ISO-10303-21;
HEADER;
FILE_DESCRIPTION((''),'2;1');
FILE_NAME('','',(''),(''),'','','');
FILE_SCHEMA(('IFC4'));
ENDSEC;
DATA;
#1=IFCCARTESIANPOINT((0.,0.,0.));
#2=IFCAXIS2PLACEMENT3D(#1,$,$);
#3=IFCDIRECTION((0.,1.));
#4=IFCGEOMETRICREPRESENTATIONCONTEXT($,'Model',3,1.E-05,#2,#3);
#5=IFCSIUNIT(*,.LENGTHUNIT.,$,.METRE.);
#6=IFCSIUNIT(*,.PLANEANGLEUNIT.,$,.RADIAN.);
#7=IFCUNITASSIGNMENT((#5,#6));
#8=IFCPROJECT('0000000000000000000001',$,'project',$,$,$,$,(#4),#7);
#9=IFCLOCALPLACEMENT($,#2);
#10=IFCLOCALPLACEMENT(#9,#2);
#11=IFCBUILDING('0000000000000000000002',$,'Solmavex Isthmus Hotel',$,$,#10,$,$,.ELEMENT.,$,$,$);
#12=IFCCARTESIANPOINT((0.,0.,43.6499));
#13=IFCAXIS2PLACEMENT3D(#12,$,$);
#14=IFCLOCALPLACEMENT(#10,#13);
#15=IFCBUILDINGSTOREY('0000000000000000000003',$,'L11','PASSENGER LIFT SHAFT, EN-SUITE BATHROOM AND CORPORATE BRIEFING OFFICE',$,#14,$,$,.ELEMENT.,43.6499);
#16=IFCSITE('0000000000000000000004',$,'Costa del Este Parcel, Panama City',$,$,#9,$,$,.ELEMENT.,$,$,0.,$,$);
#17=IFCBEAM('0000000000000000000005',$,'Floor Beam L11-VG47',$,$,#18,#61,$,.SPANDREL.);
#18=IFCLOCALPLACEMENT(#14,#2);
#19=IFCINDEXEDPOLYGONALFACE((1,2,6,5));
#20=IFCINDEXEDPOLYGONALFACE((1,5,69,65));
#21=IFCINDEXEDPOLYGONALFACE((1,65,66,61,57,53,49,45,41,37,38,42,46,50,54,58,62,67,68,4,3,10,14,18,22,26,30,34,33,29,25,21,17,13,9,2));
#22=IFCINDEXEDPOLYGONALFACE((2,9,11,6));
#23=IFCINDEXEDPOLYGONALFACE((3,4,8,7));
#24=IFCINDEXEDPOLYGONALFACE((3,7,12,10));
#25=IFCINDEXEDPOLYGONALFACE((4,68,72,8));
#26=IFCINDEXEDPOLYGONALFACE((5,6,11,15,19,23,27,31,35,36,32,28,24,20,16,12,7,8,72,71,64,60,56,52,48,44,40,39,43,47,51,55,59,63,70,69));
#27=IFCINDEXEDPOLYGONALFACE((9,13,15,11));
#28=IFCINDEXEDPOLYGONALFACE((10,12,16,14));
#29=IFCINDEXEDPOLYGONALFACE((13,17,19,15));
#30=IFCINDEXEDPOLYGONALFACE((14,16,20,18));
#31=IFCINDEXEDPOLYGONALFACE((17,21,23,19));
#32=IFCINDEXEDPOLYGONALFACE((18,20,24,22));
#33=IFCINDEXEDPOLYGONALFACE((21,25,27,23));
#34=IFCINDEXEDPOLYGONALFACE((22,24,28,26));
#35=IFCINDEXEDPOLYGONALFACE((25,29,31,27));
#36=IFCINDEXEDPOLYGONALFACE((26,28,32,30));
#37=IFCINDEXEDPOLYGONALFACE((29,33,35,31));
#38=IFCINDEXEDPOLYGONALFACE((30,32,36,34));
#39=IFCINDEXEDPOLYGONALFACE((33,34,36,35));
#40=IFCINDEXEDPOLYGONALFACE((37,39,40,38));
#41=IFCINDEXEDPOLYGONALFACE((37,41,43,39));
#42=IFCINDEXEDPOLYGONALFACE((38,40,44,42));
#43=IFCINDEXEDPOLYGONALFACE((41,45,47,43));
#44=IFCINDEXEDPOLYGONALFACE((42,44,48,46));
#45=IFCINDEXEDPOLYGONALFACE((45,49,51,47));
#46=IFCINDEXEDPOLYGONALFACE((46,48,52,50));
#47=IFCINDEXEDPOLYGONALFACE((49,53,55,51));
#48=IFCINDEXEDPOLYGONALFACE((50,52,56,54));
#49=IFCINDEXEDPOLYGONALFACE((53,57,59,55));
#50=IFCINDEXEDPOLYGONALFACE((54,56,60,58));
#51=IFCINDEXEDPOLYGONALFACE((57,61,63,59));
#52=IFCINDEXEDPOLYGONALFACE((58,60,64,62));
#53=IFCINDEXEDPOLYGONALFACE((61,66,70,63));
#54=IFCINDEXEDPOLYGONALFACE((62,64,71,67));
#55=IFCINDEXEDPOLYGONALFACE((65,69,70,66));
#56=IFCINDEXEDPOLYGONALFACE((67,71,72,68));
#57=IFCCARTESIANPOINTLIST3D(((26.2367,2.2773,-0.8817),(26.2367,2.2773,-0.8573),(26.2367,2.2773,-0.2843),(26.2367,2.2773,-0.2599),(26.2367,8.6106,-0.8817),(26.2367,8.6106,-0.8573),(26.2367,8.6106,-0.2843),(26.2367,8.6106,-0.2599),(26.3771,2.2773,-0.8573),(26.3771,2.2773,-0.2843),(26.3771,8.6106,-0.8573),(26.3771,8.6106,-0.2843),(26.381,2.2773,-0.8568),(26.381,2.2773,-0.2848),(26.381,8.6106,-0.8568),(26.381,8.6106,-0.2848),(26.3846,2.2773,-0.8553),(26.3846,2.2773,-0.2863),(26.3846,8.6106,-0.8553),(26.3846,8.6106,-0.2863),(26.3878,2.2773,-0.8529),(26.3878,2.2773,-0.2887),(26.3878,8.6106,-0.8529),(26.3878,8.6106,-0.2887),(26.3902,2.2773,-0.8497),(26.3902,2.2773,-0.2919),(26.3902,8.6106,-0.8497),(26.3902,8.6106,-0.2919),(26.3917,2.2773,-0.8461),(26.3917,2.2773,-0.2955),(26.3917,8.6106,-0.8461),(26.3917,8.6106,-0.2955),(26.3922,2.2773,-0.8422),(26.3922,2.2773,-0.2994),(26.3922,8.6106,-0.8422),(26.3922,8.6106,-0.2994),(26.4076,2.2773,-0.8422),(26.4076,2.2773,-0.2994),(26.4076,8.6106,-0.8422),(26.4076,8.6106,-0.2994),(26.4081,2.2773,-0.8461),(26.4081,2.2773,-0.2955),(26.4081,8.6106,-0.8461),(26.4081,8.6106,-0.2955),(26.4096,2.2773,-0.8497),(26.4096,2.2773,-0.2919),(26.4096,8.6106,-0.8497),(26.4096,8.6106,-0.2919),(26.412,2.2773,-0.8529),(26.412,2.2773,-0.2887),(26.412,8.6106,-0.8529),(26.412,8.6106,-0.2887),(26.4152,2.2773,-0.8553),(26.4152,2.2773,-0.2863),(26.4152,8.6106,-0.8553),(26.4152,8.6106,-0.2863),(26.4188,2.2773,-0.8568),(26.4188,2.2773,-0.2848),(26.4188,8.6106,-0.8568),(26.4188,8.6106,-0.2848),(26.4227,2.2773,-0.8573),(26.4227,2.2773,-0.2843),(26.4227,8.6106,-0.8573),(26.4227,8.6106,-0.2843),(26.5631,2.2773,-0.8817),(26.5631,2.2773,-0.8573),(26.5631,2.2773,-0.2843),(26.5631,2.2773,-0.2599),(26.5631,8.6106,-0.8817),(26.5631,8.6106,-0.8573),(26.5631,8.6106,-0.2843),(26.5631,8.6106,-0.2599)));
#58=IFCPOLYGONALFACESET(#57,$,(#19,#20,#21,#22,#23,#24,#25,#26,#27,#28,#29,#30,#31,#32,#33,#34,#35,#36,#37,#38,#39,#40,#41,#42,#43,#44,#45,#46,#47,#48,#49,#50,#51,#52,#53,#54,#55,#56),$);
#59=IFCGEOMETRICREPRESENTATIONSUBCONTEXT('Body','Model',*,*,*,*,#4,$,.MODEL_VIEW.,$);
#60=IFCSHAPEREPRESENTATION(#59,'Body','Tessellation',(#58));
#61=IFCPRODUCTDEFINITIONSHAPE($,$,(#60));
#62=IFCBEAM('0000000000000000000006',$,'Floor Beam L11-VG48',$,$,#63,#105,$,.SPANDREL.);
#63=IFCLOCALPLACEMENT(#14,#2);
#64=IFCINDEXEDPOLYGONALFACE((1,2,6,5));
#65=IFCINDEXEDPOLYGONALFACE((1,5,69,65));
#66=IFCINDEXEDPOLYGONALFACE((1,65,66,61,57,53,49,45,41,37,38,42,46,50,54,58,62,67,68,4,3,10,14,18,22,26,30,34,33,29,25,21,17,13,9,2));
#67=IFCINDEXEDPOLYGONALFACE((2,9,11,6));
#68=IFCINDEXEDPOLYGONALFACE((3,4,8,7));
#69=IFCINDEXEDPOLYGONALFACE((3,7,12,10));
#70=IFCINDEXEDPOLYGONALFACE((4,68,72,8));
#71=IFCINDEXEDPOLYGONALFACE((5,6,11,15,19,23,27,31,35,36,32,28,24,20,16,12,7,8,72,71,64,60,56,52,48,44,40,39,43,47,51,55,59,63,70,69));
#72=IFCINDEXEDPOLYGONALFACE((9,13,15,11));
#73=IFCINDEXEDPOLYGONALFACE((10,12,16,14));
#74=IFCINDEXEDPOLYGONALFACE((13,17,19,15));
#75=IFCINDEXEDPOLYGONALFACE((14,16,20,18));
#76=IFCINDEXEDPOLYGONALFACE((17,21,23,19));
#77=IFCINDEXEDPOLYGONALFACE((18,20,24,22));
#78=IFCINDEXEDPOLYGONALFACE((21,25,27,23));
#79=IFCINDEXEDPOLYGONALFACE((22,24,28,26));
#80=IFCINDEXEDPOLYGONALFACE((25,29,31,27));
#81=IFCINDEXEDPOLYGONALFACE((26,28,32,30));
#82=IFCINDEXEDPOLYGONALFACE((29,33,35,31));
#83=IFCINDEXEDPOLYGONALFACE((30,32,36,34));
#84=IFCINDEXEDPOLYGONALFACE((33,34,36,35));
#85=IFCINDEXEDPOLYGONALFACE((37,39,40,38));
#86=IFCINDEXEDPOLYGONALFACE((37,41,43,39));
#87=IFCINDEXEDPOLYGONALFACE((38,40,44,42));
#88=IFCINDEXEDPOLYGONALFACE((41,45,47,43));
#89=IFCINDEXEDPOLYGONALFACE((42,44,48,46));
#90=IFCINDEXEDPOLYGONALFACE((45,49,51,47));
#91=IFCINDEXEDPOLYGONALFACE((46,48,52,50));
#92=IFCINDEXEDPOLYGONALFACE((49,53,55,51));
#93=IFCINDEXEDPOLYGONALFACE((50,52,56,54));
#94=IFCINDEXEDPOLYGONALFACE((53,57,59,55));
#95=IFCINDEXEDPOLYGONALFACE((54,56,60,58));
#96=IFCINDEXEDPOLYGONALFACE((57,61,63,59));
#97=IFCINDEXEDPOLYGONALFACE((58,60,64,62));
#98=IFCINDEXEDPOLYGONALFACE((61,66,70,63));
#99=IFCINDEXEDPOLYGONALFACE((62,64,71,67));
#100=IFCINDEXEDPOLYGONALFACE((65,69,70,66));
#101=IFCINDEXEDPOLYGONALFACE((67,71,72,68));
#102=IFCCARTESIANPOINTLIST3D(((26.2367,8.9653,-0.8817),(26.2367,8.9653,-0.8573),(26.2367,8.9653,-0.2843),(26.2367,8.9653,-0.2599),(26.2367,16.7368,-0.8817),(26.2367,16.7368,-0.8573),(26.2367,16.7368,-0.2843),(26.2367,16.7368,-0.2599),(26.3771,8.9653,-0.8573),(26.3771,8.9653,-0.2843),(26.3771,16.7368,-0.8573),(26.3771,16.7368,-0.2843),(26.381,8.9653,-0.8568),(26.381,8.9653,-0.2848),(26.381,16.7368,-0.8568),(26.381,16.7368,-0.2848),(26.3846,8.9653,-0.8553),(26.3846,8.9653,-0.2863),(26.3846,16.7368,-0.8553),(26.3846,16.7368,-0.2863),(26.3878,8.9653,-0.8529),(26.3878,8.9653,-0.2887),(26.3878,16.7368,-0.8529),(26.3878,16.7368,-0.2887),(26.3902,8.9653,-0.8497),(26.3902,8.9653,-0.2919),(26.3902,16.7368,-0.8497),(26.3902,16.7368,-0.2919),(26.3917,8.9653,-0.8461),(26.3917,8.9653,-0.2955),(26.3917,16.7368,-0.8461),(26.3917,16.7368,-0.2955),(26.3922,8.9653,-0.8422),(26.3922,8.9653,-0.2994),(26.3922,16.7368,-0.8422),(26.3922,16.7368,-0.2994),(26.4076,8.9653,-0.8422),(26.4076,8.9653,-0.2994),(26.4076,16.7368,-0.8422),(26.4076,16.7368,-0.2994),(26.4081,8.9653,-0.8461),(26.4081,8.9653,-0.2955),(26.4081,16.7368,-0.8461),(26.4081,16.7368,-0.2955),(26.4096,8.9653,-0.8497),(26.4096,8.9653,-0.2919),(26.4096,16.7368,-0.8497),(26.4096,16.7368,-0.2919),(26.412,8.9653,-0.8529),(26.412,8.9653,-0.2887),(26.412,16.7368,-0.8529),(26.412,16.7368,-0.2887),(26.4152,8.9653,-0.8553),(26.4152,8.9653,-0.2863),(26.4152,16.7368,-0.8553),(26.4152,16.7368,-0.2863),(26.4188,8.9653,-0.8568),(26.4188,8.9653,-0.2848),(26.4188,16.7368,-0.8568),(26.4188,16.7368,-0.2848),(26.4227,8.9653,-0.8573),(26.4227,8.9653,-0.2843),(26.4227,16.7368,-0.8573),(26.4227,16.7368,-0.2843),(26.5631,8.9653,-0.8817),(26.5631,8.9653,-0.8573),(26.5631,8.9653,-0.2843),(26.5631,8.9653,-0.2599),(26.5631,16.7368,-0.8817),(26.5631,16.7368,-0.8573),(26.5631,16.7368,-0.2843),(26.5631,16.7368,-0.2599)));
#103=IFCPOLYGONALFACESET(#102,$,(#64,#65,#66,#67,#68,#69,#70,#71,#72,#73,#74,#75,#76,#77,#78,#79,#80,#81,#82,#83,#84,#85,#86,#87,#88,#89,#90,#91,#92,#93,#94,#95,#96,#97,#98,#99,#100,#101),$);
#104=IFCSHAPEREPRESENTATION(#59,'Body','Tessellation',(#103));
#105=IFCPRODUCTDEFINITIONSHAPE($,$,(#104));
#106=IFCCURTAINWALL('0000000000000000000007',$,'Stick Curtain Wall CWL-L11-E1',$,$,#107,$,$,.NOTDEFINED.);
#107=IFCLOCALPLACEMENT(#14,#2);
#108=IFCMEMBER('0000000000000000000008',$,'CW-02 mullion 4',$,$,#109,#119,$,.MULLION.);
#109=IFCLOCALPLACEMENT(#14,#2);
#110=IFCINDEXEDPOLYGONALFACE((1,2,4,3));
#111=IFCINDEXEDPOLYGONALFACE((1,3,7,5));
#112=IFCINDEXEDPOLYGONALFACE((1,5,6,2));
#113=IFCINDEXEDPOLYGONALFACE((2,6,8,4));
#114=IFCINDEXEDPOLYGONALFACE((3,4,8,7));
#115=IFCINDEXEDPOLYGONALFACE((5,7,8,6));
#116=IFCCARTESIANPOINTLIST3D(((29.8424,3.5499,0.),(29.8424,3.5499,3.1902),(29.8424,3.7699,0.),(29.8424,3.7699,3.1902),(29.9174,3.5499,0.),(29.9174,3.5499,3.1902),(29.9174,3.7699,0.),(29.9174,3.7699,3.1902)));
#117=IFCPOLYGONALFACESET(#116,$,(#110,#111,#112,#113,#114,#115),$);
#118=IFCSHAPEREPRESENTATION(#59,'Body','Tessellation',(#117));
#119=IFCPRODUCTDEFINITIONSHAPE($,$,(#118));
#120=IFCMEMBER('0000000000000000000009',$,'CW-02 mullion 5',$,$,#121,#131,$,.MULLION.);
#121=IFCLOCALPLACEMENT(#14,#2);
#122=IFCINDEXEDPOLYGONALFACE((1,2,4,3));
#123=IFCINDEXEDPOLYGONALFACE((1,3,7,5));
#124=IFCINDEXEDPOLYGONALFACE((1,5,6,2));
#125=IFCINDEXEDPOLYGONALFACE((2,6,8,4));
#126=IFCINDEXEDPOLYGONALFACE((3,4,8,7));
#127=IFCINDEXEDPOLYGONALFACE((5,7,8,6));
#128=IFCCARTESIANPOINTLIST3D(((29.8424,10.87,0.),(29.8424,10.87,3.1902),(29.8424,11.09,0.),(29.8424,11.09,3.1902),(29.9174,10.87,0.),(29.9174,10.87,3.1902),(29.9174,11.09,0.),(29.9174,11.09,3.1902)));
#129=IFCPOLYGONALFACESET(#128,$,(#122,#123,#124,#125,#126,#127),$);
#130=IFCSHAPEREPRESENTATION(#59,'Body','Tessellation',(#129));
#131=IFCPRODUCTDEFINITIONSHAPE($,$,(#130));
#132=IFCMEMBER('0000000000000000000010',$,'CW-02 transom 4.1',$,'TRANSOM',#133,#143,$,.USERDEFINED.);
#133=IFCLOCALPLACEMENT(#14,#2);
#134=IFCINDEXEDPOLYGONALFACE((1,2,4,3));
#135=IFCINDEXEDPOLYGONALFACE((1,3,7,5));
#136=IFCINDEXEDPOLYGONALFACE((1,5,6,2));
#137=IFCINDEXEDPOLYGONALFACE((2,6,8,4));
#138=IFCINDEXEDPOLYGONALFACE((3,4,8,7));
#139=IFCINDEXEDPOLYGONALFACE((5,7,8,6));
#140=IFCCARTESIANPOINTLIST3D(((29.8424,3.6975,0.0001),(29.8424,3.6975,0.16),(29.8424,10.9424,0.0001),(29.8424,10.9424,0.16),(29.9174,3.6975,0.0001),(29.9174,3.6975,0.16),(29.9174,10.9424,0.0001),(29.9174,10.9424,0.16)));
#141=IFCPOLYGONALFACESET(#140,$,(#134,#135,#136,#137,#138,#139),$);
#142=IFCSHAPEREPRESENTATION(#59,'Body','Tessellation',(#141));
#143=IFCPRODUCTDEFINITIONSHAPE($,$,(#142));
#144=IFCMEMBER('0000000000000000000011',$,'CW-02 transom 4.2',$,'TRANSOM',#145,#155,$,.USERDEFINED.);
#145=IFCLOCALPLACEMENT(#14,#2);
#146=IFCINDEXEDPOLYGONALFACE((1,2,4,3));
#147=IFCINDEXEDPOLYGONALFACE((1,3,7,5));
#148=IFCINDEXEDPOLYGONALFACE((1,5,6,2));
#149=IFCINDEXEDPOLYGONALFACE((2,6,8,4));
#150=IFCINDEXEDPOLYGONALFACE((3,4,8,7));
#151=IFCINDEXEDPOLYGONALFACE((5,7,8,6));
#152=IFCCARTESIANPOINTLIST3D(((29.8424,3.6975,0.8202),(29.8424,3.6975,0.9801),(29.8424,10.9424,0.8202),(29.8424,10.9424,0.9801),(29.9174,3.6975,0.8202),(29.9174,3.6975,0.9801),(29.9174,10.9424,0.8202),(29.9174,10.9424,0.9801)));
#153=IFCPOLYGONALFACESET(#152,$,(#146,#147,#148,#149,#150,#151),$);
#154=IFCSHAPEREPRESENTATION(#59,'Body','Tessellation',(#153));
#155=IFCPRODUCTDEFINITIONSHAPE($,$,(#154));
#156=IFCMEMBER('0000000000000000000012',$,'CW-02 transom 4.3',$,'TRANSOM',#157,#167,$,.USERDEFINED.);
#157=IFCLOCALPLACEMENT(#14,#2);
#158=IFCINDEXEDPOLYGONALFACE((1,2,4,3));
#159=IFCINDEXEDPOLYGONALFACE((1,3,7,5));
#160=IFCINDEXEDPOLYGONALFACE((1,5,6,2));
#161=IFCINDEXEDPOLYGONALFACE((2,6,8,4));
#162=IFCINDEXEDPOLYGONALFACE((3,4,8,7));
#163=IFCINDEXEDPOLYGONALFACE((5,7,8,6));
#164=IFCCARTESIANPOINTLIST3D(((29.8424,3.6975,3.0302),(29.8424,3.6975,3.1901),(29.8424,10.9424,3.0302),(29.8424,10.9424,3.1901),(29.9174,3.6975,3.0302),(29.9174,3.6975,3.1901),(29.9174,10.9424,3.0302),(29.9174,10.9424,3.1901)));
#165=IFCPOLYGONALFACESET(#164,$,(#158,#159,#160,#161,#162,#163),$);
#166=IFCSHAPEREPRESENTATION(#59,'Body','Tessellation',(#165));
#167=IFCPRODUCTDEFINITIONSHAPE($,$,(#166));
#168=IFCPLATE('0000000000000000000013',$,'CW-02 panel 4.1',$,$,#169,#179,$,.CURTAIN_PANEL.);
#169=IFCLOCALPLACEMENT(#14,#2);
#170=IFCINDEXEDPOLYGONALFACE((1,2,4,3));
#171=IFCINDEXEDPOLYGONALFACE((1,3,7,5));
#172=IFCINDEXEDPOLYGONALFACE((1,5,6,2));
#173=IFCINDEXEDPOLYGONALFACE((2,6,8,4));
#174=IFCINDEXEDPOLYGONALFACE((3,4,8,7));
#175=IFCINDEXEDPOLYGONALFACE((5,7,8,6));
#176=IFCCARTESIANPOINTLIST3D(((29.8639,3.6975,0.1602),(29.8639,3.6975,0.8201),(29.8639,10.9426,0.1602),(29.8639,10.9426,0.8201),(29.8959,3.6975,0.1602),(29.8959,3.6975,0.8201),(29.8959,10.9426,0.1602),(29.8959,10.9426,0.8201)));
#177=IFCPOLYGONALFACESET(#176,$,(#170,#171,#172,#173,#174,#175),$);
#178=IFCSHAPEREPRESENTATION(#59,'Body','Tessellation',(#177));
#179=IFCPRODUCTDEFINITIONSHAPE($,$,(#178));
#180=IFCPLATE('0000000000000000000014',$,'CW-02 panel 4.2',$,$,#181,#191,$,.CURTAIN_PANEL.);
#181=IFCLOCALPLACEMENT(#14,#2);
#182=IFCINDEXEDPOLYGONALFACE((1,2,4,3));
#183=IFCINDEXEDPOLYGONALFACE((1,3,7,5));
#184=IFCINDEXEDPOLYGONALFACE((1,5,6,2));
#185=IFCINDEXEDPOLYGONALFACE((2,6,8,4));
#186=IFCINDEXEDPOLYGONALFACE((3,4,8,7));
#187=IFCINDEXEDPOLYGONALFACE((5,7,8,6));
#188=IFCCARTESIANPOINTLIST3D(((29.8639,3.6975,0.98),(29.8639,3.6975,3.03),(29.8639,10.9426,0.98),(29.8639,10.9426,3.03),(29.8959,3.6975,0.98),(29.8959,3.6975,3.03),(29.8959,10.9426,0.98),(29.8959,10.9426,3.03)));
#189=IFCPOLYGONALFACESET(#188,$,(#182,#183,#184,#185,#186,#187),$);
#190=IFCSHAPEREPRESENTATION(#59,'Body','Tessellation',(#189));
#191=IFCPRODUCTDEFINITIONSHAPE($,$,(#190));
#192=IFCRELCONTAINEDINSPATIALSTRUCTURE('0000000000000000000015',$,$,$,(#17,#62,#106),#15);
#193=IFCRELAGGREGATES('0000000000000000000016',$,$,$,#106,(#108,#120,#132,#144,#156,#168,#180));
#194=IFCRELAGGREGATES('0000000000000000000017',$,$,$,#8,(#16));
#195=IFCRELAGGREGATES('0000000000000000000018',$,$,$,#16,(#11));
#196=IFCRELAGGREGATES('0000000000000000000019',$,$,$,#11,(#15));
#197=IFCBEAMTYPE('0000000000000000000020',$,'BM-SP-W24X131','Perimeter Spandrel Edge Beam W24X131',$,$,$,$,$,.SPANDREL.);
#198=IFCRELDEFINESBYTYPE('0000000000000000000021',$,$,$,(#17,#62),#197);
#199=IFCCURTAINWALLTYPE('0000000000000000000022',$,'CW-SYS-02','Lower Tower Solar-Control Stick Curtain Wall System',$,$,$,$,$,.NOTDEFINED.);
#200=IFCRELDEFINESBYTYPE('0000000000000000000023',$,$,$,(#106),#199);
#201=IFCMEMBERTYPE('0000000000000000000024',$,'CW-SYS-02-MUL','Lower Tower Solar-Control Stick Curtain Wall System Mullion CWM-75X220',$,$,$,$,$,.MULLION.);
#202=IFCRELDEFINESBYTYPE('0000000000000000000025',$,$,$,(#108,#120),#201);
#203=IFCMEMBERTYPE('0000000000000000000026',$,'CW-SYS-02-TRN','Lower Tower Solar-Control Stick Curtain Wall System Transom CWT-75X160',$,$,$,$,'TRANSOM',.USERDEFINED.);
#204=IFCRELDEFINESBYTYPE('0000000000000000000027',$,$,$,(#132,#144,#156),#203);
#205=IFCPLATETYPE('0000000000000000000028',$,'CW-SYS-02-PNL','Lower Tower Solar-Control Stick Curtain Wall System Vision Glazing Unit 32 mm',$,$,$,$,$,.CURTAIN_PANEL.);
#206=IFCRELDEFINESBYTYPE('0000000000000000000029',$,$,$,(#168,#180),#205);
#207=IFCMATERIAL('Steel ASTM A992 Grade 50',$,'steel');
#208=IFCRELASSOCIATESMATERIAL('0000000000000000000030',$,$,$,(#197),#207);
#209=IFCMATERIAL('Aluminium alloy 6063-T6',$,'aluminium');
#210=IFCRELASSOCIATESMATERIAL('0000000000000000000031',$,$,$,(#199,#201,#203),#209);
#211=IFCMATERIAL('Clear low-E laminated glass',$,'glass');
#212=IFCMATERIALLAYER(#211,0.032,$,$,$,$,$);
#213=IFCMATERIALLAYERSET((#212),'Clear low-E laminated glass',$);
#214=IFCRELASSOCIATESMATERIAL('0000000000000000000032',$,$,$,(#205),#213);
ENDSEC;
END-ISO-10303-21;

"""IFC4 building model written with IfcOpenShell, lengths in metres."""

from ifc_helpers import new_model, si_unit, direction, frame, origin, origin_2d, place, context, subcontext, project, spatial, rectangle, i_section, extrude, material, layer, layer_set, material_profile, profile_set, type_object, element, aggregate, save


model = new_model("IFC4")

# Units and contexts
model_context = context("Model", 3, precision=1e-05, world=origin(), true_north=direction((0.0, 1.0)))
body_context = subcontext(model_context, "Body", "Model", "MODEL_VIEW")
ifc_project = project(units=[si_unit("LENGTHUNIT", "METRE"), si_unit("PLANEANGLEUNIT", "RADIAN")], contexts=[model_context])

# Site, building, storey
site_placement = place(None, origin())
site = spatial("IfcSite", under=ifc_project, at=site_placement, Name="Costa del Este Parcel, Panama City", CompositionType="ELEMENT", RefElevation=0.0)
building_placement = place(site_placement, origin())
building = spatial("IfcBuilding", under=site, at=building_placement, Name="Solmavex Isthmus Hotel", CompositionType="ELEMENT")
storey_placement = place(building_placement, frame((0.0, 0.0, 43.6499)))
storey = spatial("IfcBuildingStorey", under=building, at=storey_placement, Name="L11", Description="PASSENGER LIFT SHAFT, EN-SUITE BATHROOM AND CORPORATE BRIEFING OFFICE", CompositionType="ELEMENT", Elevation=43.6499)

# Beams
ifc_material_1 = material(Name="Steel ASTM A992 Grade 50", Category="steel")
ifc_material_profile_1 = material_profile(ifc_material_1, i_section(OverallWidth=0.3264, OverallDepth=0.6218, WebThickness=0.0154, FlangeThickness=0.0244, FilletRadius=0.0151, at=origin_2d()), Name="W24X131")
ifc_profile_set_1 = profile_set([ifc_material_profile_1], Name="Steel ASTM A992 Grade 50")
beam_type_1 = type_object("IfcBeamType", Name="BM-SP-W24X131", Description="Perimeter Spandrel Edge Beam W24X131", PredefinedType="SPANDREL", material=ifc_profile_set_1)
beam_1_placement = place(storey_placement, frame((26.3999, 2.2773, -0.5708), z_axis=(0.0, 1.0, 0.0), x_axis=(-1.0, 0.0, 0.0)))
element("IfcBeam", 1, at=beam_1_placement, inside=storey, type_object=beam_type_1, Name="Floor Beam L11-VG47", PredefinedType="SPANDREL", context=body_context, shape_type="SweptSolid", body=[
    extrude(i_section(OverallWidth=0.3264, OverallDepth=0.6218, WebThickness=0.0154, FlangeThickness=0.0244, FilletRadius=0.0151, at=origin_2d()), origin(), (0.0, 0.0, 1.0), 6.3333),
])
beam_2_placement = place(storey_placement, frame((26.3999, 8.9653, -0.5708), z_axis=(0.0, 1.0, 0.0), x_axis=(-1.0, 0.0, 0.0)))
element("IfcBeam", 2, at=beam_2_placement, inside=storey, type_object=beam_type_1, Name="Floor Beam L11-VG48", PredefinedType="SPANDREL", context=body_context, shape_type="SweptSolid", body=[
    extrude(i_section(OverallWidth=0.3264, OverallDepth=0.6218, WebThickness=0.0154, FlangeThickness=0.0244, FilletRadius=0.0151, at=origin_2d()), origin(), (0.0, 0.0, 1.0), 7.7715),
])

# Curtain wall, members, plates
ifc_material_2 = material(Name="Aluminium alloy 6063-T6", Category="aluminium")
curtain_wall_type = type_object("IfcCurtainWallType", Name="CW-SYS-02", Description="Lower Tower Solar-Control Stick Curtain Wall System", PredefinedType="NOTDEFINED", material=ifc_material_2)
curtain_wall_placement = place(storey_placement, origin())
curtain_wall = element("IfcCurtainWall", 3, at=curtain_wall_placement, inside=storey, type_object=curtain_wall_type, Name="Stick Curtain Wall CWL-L11-E1", PredefinedType="NOTDEFINED")
ifc_material_profile_2 = material_profile(ifc_material_2, rectangle(XDim=0.075, YDim=0.22, at=origin_2d()), Name="CWM-75X220")
ifc_profile_set_2 = profile_set([ifc_material_profile_2], Name="Aluminium alloy 6063-T6")
member_type_1 = type_object("IfcMemberType", Name="CW-SYS-02-MUL", Description="Lower Tower Solar-Control Stick Curtain Wall System Mullion CWM-75X220", PredefinedType="MULLION", material=ifc_profile_set_2)
member_1_placement = place(storey_placement, frame((29.8799, 3.6599, 0.0), z_axis=(0.0, 0.0, 1.0), x_axis=(-1.0, 0.0, 0.0)))
member_1 = element("IfcMember", 4, at=member_1_placement, type_object=member_type_1, Name="CW-02 mullion 4", PredefinedType="MULLION", context=body_context, shape_type="SweptSolid", body=[
    extrude(rectangle(XDim=0.075, YDim=0.22, at=origin_2d()), origin(), (0.0, 0.0, 1.0), 3.1902),
])
member_2_placement = place(storey_placement, frame((29.8799, 10.98, 0.0), z_axis=(0.0, 0.0, 1.0), x_axis=(-1.0, 0.0, 0.0)))
member_2 = element("IfcMember", 5, at=member_2_placement, type_object=member_type_1, Name="CW-02 mullion 5", PredefinedType="MULLION", context=body_context, shape_type="SweptSolid", body=[
    extrude(rectangle(XDim=0.075, YDim=0.22, at=origin_2d()), origin(), (0.0, 0.0, 1.0), 3.1902),
])
ifc_material_profile_3 = material_profile(ifc_material_2, rectangle(XDim=0.075, YDim=0.1599, at=origin_2d()), Name="CWT-75X160")
ifc_profile_set_3 = profile_set([ifc_material_profile_3], Name="Aluminium alloy 6063-T6")
member_type_2 = type_object("IfcMemberType", Name="CW-SYS-02-TRN", Description="Lower Tower Solar-Control Stick Curtain Wall System Transom CWT-75X160", ElementType="TRANSOM", PredefinedType="USERDEFINED", material=ifc_profile_set_3)
member_3_placement = place(storey_placement, frame((29.8799, 3.6975, 0.0801), z_axis=(0.0, 1.0, 0.0), x_axis=(-1.0, 0.0, 0.0)))
member_3 = element("IfcMember", 6, at=member_3_placement, type_object=member_type_2, Name="CW-02 transom 4.1", ObjectType="TRANSOM", PredefinedType="USERDEFINED", context=body_context, shape_type="SweptSolid", body=[
    extrude(rectangle(XDim=0.075, YDim=0.1599, at=origin_2d()), origin(), (0.0, 0.0, 1.0), 7.2449),
])
member_4_placement = place(storey_placement, frame((29.8799, 3.6975, 0.9001), z_axis=(0.0, 1.0, 0.0), x_axis=(-1.0, 0.0, 0.0)))
member_4 = element("IfcMember", 7, at=member_4_placement, type_object=member_type_2, Name="CW-02 transom 4.2", ObjectType="TRANSOM", PredefinedType="USERDEFINED", context=body_context, shape_type="SweptSolid", body=[
    extrude(rectangle(XDim=0.075, YDim=0.1599, at=origin_2d()), origin(), (0.0, 0.0, 1.0), 7.2449),
])
member_5_placement = place(storey_placement, frame((29.8799, 3.6975, 3.1101), z_axis=(0.0, 1.0, 0.0), x_axis=(-1.0, 0.0, 0.0)))
member_5 = element("IfcMember", 8, at=member_5_placement, type_object=member_type_2, Name="CW-02 transom 4.3", ObjectType="TRANSOM", PredefinedType="USERDEFINED", context=body_context, shape_type="SweptSolid", body=[
    extrude(rectangle(XDim=0.075, YDim=0.1599, at=origin_2d()), origin(), (0.0, 0.0, 1.0), 7.2449),
])
ifc_material_3 = material(Name="Clear low-E laminated glass", Category="glass")
ifc_layer_1 = layer(ifc_material_3, 0.032)
ifc_layer_set_1 = layer_set([ifc_layer_1], Name="Clear low-E laminated glass")
plate_type = type_object("IfcPlateType", Name="CW-SYS-02-PNL", Description="Lower Tower Solar-Control Stick Curtain Wall System Vision Glazing Unit 32 mm", PredefinedType="CURTAIN_PANEL", material=ifc_layer_set_1)
plate_1_placement = place(storey_placement, frame((29.8799, 7.3201, 0.1602), z_axis=(0.0, 0.0, 1.0), x_axis=(0.0, 1.0, 0.0)))
plate_1 = element("IfcPlate", 9, at=plate_1_placement, type_object=plate_type, Name="CW-02 panel 4.1", PredefinedType="CURTAIN_PANEL", context=body_context, shape_type="SweptSolid", body=[
    extrude(rectangle(XDim=7.2451, YDim=0.032, at=origin_2d()), origin(), (0.0, 0.0, 1.0), 0.6599),
])
plate_2_placement = place(storey_placement, frame((29.8799, 7.3201, 0.98), z_axis=(0.0, 0.0, 1.0), x_axis=(0.0, 1.0, 0.0)))
plate_2 = element("IfcPlate", 10, at=plate_2_placement, type_object=plate_type, Name="CW-02 panel 4.2", PredefinedType="CURTAIN_PANEL", context=body_context, shape_type="SweptSolid", body=[
    extrude(rectangle(XDim=7.2451, YDim=0.032, at=origin_2d()), origin(), (0.0, 0.0, 1.0), 2.05),
])
aggregate(curtain_wall, [member_1, member_2, member_3, member_4, member_5, plate_1, plate_2])

save(model, "model.ifc")
